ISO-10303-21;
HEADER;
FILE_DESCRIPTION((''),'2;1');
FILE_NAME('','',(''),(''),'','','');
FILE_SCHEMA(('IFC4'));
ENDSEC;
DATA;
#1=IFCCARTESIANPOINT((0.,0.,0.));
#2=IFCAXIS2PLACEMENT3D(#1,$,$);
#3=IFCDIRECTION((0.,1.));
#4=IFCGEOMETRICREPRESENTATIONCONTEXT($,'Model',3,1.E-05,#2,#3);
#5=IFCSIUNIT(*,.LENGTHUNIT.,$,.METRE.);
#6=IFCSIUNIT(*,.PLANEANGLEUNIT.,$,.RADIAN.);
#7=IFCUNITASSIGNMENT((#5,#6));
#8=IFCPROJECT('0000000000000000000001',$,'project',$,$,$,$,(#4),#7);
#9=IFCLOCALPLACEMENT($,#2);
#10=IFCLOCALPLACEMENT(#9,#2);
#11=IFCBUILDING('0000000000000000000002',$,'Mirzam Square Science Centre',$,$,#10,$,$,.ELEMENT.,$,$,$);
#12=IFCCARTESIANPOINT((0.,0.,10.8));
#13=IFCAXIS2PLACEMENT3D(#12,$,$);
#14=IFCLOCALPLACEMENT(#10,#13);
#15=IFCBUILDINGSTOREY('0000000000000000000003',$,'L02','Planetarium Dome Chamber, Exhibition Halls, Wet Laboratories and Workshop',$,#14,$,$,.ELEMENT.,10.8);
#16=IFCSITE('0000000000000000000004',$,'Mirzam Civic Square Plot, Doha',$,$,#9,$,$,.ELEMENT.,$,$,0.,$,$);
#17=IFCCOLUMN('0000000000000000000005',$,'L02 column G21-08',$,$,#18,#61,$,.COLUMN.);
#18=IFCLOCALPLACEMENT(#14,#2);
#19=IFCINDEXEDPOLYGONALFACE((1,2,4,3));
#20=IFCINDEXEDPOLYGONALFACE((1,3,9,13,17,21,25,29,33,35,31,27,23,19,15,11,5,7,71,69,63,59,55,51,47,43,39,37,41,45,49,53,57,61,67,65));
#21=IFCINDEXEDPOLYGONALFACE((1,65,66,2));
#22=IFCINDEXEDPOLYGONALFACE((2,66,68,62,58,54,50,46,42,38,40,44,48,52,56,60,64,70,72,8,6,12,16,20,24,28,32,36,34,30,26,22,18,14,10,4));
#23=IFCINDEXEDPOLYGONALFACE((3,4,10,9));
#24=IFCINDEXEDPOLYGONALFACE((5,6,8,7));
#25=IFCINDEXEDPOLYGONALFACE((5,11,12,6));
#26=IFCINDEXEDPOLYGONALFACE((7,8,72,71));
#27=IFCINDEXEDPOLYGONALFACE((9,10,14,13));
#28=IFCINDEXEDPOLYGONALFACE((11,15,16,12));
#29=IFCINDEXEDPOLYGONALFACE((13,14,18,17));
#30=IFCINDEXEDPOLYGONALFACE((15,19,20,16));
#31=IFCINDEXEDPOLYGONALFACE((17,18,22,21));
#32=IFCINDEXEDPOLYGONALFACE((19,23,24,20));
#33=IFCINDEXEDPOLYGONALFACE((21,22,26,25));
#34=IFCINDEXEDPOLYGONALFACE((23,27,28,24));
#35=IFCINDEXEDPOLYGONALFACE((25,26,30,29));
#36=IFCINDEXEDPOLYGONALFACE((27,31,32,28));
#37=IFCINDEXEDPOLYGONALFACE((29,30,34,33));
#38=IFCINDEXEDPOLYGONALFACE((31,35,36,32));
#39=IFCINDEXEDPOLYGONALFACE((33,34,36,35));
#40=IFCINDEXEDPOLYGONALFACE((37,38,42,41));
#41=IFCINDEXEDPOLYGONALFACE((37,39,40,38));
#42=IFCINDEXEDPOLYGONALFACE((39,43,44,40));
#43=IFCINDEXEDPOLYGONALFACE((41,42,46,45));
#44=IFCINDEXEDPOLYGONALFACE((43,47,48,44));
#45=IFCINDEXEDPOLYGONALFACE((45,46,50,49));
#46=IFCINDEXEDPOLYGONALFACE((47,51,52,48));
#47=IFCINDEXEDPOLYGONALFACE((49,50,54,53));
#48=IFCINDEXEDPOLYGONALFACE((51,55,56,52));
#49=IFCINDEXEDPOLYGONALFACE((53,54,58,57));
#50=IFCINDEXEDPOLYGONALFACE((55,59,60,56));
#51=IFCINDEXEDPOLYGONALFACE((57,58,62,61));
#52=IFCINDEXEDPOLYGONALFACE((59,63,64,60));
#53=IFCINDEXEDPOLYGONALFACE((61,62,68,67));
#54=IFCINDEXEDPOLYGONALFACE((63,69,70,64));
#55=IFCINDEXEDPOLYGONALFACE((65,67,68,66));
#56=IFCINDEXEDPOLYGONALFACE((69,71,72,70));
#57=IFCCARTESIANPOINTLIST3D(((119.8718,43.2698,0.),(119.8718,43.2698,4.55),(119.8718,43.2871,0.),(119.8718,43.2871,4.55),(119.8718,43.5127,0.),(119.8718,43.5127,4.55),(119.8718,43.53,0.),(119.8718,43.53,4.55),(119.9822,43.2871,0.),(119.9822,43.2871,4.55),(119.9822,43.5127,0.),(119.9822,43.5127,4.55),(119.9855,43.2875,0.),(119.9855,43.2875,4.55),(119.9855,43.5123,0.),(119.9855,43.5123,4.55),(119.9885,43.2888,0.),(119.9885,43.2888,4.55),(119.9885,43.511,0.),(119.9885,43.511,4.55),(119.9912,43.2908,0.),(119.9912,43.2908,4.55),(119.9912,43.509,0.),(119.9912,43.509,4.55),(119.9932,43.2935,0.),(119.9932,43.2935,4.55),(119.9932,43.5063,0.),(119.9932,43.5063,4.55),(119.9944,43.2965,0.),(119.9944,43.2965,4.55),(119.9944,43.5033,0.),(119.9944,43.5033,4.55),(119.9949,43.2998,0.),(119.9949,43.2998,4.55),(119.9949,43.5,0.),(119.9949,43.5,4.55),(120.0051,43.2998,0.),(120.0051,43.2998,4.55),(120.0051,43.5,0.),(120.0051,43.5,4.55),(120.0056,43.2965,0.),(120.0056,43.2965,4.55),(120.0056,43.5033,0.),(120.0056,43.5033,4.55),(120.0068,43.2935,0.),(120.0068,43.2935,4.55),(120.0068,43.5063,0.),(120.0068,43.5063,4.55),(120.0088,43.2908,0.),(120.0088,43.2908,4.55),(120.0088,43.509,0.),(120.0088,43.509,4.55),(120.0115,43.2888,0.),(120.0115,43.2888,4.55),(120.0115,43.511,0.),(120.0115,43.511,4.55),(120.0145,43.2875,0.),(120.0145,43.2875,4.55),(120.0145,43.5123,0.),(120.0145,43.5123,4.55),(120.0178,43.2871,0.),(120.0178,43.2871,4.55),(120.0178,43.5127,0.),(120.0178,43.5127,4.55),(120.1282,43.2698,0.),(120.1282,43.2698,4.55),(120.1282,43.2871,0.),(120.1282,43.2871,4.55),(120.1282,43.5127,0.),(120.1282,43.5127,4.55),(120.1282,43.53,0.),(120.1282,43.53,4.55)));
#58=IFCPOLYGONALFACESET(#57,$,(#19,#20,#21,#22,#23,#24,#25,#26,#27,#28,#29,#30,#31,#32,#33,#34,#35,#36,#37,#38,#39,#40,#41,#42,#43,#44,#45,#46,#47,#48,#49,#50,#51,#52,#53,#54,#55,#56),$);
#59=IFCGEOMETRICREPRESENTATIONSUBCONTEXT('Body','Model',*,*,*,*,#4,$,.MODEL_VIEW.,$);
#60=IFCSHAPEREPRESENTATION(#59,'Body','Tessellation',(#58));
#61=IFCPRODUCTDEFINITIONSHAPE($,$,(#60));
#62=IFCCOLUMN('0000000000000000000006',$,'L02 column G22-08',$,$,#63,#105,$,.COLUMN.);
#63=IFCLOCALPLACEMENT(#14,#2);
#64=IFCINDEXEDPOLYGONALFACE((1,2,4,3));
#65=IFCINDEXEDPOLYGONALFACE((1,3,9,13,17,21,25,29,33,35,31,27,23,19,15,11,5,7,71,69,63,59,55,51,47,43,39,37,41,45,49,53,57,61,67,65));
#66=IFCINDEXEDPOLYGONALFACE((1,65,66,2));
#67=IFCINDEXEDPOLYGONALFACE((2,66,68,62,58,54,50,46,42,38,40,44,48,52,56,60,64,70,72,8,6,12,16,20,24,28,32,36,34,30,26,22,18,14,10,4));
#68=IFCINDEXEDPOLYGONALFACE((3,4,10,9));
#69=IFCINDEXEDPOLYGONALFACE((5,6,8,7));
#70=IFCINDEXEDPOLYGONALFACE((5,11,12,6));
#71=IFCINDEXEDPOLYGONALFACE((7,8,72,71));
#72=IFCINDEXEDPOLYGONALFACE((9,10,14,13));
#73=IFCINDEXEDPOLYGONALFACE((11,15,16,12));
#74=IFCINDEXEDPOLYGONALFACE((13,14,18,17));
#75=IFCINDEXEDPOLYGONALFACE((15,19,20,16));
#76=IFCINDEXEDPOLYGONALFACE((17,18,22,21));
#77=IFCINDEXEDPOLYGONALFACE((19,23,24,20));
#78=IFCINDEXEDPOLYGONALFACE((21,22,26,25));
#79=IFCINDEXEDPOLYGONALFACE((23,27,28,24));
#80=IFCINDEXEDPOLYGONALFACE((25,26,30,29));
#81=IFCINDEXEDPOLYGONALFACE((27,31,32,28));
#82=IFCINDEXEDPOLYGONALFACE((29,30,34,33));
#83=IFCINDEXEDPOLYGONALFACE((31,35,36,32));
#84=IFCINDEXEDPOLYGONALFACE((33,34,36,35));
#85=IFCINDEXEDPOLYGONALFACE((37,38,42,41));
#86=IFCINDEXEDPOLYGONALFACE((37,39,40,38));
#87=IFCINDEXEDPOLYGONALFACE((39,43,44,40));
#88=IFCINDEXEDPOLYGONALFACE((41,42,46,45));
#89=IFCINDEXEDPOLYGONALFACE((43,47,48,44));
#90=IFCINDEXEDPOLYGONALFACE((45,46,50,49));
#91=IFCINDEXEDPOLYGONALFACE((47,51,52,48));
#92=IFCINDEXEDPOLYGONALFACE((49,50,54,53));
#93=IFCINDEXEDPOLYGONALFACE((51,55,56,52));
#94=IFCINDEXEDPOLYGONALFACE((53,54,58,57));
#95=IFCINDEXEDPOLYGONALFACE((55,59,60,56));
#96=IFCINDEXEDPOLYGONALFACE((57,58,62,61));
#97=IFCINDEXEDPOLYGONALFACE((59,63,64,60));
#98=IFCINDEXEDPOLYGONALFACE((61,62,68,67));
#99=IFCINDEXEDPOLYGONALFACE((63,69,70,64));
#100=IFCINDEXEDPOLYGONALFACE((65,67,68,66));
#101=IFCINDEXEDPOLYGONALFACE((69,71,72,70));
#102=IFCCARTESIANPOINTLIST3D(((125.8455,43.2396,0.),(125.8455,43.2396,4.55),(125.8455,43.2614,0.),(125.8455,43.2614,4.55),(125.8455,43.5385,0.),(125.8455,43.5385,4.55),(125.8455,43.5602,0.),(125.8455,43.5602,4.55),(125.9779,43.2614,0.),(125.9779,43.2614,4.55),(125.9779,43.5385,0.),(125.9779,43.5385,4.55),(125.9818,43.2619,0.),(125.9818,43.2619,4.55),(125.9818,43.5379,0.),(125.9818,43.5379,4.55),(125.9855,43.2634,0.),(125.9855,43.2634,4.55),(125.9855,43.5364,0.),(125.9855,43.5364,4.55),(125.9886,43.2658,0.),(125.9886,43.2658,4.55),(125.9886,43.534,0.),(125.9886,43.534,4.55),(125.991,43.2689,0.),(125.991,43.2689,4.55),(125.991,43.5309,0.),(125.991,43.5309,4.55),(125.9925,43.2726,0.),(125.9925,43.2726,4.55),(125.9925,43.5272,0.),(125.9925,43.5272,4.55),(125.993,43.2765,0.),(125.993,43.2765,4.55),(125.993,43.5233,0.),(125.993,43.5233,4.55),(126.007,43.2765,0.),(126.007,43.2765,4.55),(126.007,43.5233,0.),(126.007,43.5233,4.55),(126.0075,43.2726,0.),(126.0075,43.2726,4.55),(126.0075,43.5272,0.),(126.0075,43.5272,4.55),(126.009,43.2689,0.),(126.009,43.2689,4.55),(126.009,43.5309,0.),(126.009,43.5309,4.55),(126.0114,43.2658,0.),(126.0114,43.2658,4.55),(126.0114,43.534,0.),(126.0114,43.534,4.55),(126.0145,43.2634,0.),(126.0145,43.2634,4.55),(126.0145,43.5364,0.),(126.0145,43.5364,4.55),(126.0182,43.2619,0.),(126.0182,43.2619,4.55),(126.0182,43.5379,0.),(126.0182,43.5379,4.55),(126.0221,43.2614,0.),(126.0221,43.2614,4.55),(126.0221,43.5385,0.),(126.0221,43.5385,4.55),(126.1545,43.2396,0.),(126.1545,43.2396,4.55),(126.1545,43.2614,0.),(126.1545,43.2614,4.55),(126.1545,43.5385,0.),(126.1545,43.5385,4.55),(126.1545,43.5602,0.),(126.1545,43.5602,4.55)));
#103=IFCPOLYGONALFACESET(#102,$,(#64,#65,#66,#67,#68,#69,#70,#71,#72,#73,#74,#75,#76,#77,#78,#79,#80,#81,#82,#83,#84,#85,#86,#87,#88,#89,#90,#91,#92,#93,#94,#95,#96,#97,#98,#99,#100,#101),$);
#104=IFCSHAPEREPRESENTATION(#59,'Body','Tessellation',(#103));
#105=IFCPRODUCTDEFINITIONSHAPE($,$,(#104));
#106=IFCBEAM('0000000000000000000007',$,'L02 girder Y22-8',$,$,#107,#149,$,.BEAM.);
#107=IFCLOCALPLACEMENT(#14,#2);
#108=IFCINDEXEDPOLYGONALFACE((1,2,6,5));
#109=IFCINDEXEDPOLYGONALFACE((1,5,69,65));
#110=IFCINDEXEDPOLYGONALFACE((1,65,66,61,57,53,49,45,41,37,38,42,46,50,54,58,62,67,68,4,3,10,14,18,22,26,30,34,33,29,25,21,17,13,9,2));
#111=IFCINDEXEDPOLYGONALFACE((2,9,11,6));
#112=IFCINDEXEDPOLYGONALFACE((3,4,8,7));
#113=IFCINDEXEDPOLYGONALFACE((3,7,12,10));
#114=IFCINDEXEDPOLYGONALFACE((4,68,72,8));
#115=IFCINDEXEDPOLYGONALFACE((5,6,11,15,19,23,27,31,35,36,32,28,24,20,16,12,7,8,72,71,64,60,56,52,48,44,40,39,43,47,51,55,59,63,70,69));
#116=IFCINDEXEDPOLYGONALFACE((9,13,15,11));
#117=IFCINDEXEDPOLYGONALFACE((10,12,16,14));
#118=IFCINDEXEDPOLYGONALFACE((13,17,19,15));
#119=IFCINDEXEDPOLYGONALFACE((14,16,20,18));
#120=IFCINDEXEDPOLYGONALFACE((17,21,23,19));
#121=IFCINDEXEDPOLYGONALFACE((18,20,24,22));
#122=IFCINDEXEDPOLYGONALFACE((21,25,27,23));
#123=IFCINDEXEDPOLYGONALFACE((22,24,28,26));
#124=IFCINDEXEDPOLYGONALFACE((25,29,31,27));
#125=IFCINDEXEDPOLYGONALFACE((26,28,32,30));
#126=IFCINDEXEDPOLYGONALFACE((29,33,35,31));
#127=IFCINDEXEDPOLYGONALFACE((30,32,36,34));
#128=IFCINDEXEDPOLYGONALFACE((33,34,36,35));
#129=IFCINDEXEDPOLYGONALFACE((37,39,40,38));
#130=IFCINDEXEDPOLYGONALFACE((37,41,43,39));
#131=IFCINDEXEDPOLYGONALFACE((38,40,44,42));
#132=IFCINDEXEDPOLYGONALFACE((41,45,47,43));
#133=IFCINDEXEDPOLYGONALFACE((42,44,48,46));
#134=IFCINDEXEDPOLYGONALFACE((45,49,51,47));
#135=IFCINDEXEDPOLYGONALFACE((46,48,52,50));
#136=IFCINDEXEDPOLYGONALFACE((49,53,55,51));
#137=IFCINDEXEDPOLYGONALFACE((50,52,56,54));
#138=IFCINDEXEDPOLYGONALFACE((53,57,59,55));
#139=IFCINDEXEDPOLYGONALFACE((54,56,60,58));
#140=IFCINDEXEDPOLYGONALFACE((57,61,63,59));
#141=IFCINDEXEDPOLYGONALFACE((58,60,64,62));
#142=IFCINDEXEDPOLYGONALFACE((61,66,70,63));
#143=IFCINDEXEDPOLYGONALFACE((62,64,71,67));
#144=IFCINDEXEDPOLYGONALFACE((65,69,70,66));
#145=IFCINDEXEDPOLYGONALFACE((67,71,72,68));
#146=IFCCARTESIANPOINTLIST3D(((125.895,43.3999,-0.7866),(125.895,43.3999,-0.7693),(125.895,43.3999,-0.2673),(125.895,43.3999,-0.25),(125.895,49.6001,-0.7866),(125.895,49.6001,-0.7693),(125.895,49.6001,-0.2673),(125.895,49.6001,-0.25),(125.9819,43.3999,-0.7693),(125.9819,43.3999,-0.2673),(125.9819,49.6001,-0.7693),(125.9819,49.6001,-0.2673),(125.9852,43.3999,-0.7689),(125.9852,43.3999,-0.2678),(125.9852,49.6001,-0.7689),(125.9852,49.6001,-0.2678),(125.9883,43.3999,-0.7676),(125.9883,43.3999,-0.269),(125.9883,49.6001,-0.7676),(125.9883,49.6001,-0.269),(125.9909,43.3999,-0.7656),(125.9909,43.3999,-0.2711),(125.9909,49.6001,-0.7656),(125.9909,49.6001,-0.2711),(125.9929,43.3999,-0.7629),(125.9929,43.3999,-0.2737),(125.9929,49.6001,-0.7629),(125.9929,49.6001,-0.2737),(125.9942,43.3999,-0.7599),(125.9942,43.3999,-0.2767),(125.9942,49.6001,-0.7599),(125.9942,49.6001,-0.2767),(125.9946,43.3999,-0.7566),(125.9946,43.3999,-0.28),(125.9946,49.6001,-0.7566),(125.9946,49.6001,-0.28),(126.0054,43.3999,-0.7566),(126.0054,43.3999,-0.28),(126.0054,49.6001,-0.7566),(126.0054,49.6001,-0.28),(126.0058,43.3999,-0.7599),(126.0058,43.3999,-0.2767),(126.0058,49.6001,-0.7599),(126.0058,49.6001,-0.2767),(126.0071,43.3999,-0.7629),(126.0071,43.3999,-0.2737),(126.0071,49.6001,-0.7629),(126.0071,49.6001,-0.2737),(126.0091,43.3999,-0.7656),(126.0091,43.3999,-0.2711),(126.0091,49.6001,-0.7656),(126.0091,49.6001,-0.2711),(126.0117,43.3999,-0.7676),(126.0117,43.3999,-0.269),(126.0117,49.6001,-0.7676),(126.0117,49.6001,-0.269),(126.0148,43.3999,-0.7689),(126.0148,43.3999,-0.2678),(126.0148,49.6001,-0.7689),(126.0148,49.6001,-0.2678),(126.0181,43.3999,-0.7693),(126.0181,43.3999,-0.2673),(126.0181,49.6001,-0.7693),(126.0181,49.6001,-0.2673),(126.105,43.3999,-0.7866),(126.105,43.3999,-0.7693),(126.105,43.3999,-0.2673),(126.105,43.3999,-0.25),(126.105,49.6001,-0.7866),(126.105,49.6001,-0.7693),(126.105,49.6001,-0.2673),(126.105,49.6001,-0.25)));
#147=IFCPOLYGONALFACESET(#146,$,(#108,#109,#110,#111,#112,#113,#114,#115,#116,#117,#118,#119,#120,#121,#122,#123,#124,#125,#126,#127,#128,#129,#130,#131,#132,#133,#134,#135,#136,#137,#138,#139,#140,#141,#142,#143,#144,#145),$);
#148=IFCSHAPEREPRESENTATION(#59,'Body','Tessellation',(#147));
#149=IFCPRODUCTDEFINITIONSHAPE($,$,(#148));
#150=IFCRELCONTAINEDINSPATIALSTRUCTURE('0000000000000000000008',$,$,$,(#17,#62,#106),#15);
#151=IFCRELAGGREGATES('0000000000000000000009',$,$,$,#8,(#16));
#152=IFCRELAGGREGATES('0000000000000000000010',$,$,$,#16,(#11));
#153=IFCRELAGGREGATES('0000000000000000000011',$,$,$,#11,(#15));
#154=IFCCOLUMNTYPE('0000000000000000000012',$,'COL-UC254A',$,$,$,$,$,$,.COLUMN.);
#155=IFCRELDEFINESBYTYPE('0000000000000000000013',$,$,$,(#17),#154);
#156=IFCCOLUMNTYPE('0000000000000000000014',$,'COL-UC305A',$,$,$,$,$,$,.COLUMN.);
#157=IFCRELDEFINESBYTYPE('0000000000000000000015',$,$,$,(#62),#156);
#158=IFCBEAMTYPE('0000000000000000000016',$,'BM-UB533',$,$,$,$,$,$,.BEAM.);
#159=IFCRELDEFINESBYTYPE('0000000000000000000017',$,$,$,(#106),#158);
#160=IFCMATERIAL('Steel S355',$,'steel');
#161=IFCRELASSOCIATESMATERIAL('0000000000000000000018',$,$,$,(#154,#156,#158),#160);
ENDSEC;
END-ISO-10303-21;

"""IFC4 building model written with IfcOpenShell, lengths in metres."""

from ifc_helpers import new_model, si_unit, direction, frame, origin, origin_2d, place, context, subcontext, project, spatial, i_section, extrude, material, material_profile, profile_set, type_object, element, save


model = new_model("IFC4")

# Units and contexts
model_context = context("Model", 3, precision=1e-05, world=origin(), true_north=direction((0.0, 1.0)))
body_context = subcontext(model_context, "Body", "Model", "MODEL_VIEW")
ifc_project = project(units=[si_unit("LENGTHUNIT", "METRE"), si_unit("PLANEANGLEUNIT", "RADIAN")], contexts=[model_context])

# Site, building, storey
site_placement = place(None, origin())
site = spatial("IfcSite", under=ifc_project, at=site_placement, Name="Mirzam Civic Square Plot, Doha", CompositionType="ELEMENT", RefElevation=0.0)
building_placement = place(site_placement, origin())
building = spatial("IfcBuilding", under=site, at=building_placement, Name="Mirzam Square Science Centre", CompositionType="ELEMENT")
storey_placement = place(building_placement, frame((0.0, 0.0, 10.8)))
storey = spatial("IfcBuildingStorey", under=building, at=storey_placement, Name="L02", Description="Planetarium Dome Chamber, Exhibition Halls, Wet Laboratories and Workshop", CompositionType="ELEMENT", Elevation=10.8)

# Columns
ifc_material_1 = material(Name="Steel S355", Category="steel")
ifc_material_profile_1 = material_profile(ifc_material_1, i_section(OverallWidth=0.2563, OverallDepth=0.2603, WebThickness=0.0103, FlangeThickness=0.0173, FilletRadius=0.0127, at=origin_2d()), Name="254x254x89UC")
ifc_profile_set_1 = profile_set([ifc_material_profile_1], Name="Steel S355")
column_type_1 = type_object("IfcColumnType", Name="COL-UC254A", PredefinedType="COLUMN", material=ifc_profile_set_1)
column_1_placement = place(storey_placement, frame((120.0, 43.3999, 0.0), z_axis=(0.0, 0.0, 1.0), x_axis=(1.0, 0.0, 0.0)))
element("IfcColumn", 1, at=column_1_placement, inside=storey, type_object=column_type_1, Name="L02 column G21-08", PredefinedType="COLUMN", context=body_context, shape_type="SweptSolid", body=[
    extrude(i_section(OverallWidth=0.2563, OverallDepth=0.2603, WebThickness=0.0103, FlangeThickness=0.0173, FilletRadius=0.0127, at=origin_2d()), origin(), (0.0, 0.0, 1.0), 4.55),
])
ifc_material_profile_2 = material_profile(ifc_material_1, i_section(OverallWidth=0.3091, OverallDepth=0.3206, WebThickness=0.0139, FlangeThickness=0.0217, FilletRadius=0.0151, at=origin_2d()), Name="305x305x137UC")
ifc_profile_set_2 = profile_set([ifc_material_profile_2], Name="Steel S355")
column_type_2 = type_object("IfcColumnType", Name="COL-UC305A", PredefinedType="COLUMN", material=ifc_profile_set_2)
column_2_placement = place(storey_placement, frame((126.0, 43.3999, 0.0), z_axis=(0.0, 0.0, 1.0), x_axis=(1.0, 0.0, 0.0)))
element("IfcColumn", 2, at=column_2_placement, inside=storey, type_object=column_type_2, Name="L02 column G22-08", PredefinedType="COLUMN", context=body_context, shape_type="SweptSolid", body=[
    extrude(i_section(OverallWidth=0.3091, OverallDepth=0.3206, WebThickness=0.0139, FlangeThickness=0.0217, FilletRadius=0.0151, at=origin_2d()), origin(), (0.0, 0.0, 1.0), 4.55),
])

# Beam
ifc_material_profile_3 = material_profile(ifc_material_1, i_section(OverallWidth=0.21, OverallDepth=0.5366, WebThickness=0.0107, FlangeThickness=0.0173, FilletRadius=0.0127, at=origin_2d()), Name="533x210x101UB")
ifc_profile_set_3 = profile_set([ifc_material_profile_3], Name="Steel S355")
beam_type_1 = type_object("IfcBeamType", Name="BM-UB533", PredefinedType="BEAM", material=ifc_profile_set_3)
beam_1_placement = place(storey_placement, frame((126.0, 43.3999, -0.5183), z_axis=(0.0, 1.0, 0.0), x_axis=(-1.0, 0.0, 0.0)))
element("IfcBeam", 3, at=beam_1_placement, inside=storey, type_object=beam_type_1, Name="L02 girder Y22-8", PredefinedType="BEAM", context=body_context, shape_type="SweptSolid", body=[
    extrude(i_section(OverallWidth=0.21, OverallDepth=0.5366, WebThickness=0.0107, FlangeThickness=0.0173, FilletRadius=0.0127, at=origin_2d()), origin(), (0.0, 0.0, 1.0), 6.2002),
])

save(model, "model.ifc")
